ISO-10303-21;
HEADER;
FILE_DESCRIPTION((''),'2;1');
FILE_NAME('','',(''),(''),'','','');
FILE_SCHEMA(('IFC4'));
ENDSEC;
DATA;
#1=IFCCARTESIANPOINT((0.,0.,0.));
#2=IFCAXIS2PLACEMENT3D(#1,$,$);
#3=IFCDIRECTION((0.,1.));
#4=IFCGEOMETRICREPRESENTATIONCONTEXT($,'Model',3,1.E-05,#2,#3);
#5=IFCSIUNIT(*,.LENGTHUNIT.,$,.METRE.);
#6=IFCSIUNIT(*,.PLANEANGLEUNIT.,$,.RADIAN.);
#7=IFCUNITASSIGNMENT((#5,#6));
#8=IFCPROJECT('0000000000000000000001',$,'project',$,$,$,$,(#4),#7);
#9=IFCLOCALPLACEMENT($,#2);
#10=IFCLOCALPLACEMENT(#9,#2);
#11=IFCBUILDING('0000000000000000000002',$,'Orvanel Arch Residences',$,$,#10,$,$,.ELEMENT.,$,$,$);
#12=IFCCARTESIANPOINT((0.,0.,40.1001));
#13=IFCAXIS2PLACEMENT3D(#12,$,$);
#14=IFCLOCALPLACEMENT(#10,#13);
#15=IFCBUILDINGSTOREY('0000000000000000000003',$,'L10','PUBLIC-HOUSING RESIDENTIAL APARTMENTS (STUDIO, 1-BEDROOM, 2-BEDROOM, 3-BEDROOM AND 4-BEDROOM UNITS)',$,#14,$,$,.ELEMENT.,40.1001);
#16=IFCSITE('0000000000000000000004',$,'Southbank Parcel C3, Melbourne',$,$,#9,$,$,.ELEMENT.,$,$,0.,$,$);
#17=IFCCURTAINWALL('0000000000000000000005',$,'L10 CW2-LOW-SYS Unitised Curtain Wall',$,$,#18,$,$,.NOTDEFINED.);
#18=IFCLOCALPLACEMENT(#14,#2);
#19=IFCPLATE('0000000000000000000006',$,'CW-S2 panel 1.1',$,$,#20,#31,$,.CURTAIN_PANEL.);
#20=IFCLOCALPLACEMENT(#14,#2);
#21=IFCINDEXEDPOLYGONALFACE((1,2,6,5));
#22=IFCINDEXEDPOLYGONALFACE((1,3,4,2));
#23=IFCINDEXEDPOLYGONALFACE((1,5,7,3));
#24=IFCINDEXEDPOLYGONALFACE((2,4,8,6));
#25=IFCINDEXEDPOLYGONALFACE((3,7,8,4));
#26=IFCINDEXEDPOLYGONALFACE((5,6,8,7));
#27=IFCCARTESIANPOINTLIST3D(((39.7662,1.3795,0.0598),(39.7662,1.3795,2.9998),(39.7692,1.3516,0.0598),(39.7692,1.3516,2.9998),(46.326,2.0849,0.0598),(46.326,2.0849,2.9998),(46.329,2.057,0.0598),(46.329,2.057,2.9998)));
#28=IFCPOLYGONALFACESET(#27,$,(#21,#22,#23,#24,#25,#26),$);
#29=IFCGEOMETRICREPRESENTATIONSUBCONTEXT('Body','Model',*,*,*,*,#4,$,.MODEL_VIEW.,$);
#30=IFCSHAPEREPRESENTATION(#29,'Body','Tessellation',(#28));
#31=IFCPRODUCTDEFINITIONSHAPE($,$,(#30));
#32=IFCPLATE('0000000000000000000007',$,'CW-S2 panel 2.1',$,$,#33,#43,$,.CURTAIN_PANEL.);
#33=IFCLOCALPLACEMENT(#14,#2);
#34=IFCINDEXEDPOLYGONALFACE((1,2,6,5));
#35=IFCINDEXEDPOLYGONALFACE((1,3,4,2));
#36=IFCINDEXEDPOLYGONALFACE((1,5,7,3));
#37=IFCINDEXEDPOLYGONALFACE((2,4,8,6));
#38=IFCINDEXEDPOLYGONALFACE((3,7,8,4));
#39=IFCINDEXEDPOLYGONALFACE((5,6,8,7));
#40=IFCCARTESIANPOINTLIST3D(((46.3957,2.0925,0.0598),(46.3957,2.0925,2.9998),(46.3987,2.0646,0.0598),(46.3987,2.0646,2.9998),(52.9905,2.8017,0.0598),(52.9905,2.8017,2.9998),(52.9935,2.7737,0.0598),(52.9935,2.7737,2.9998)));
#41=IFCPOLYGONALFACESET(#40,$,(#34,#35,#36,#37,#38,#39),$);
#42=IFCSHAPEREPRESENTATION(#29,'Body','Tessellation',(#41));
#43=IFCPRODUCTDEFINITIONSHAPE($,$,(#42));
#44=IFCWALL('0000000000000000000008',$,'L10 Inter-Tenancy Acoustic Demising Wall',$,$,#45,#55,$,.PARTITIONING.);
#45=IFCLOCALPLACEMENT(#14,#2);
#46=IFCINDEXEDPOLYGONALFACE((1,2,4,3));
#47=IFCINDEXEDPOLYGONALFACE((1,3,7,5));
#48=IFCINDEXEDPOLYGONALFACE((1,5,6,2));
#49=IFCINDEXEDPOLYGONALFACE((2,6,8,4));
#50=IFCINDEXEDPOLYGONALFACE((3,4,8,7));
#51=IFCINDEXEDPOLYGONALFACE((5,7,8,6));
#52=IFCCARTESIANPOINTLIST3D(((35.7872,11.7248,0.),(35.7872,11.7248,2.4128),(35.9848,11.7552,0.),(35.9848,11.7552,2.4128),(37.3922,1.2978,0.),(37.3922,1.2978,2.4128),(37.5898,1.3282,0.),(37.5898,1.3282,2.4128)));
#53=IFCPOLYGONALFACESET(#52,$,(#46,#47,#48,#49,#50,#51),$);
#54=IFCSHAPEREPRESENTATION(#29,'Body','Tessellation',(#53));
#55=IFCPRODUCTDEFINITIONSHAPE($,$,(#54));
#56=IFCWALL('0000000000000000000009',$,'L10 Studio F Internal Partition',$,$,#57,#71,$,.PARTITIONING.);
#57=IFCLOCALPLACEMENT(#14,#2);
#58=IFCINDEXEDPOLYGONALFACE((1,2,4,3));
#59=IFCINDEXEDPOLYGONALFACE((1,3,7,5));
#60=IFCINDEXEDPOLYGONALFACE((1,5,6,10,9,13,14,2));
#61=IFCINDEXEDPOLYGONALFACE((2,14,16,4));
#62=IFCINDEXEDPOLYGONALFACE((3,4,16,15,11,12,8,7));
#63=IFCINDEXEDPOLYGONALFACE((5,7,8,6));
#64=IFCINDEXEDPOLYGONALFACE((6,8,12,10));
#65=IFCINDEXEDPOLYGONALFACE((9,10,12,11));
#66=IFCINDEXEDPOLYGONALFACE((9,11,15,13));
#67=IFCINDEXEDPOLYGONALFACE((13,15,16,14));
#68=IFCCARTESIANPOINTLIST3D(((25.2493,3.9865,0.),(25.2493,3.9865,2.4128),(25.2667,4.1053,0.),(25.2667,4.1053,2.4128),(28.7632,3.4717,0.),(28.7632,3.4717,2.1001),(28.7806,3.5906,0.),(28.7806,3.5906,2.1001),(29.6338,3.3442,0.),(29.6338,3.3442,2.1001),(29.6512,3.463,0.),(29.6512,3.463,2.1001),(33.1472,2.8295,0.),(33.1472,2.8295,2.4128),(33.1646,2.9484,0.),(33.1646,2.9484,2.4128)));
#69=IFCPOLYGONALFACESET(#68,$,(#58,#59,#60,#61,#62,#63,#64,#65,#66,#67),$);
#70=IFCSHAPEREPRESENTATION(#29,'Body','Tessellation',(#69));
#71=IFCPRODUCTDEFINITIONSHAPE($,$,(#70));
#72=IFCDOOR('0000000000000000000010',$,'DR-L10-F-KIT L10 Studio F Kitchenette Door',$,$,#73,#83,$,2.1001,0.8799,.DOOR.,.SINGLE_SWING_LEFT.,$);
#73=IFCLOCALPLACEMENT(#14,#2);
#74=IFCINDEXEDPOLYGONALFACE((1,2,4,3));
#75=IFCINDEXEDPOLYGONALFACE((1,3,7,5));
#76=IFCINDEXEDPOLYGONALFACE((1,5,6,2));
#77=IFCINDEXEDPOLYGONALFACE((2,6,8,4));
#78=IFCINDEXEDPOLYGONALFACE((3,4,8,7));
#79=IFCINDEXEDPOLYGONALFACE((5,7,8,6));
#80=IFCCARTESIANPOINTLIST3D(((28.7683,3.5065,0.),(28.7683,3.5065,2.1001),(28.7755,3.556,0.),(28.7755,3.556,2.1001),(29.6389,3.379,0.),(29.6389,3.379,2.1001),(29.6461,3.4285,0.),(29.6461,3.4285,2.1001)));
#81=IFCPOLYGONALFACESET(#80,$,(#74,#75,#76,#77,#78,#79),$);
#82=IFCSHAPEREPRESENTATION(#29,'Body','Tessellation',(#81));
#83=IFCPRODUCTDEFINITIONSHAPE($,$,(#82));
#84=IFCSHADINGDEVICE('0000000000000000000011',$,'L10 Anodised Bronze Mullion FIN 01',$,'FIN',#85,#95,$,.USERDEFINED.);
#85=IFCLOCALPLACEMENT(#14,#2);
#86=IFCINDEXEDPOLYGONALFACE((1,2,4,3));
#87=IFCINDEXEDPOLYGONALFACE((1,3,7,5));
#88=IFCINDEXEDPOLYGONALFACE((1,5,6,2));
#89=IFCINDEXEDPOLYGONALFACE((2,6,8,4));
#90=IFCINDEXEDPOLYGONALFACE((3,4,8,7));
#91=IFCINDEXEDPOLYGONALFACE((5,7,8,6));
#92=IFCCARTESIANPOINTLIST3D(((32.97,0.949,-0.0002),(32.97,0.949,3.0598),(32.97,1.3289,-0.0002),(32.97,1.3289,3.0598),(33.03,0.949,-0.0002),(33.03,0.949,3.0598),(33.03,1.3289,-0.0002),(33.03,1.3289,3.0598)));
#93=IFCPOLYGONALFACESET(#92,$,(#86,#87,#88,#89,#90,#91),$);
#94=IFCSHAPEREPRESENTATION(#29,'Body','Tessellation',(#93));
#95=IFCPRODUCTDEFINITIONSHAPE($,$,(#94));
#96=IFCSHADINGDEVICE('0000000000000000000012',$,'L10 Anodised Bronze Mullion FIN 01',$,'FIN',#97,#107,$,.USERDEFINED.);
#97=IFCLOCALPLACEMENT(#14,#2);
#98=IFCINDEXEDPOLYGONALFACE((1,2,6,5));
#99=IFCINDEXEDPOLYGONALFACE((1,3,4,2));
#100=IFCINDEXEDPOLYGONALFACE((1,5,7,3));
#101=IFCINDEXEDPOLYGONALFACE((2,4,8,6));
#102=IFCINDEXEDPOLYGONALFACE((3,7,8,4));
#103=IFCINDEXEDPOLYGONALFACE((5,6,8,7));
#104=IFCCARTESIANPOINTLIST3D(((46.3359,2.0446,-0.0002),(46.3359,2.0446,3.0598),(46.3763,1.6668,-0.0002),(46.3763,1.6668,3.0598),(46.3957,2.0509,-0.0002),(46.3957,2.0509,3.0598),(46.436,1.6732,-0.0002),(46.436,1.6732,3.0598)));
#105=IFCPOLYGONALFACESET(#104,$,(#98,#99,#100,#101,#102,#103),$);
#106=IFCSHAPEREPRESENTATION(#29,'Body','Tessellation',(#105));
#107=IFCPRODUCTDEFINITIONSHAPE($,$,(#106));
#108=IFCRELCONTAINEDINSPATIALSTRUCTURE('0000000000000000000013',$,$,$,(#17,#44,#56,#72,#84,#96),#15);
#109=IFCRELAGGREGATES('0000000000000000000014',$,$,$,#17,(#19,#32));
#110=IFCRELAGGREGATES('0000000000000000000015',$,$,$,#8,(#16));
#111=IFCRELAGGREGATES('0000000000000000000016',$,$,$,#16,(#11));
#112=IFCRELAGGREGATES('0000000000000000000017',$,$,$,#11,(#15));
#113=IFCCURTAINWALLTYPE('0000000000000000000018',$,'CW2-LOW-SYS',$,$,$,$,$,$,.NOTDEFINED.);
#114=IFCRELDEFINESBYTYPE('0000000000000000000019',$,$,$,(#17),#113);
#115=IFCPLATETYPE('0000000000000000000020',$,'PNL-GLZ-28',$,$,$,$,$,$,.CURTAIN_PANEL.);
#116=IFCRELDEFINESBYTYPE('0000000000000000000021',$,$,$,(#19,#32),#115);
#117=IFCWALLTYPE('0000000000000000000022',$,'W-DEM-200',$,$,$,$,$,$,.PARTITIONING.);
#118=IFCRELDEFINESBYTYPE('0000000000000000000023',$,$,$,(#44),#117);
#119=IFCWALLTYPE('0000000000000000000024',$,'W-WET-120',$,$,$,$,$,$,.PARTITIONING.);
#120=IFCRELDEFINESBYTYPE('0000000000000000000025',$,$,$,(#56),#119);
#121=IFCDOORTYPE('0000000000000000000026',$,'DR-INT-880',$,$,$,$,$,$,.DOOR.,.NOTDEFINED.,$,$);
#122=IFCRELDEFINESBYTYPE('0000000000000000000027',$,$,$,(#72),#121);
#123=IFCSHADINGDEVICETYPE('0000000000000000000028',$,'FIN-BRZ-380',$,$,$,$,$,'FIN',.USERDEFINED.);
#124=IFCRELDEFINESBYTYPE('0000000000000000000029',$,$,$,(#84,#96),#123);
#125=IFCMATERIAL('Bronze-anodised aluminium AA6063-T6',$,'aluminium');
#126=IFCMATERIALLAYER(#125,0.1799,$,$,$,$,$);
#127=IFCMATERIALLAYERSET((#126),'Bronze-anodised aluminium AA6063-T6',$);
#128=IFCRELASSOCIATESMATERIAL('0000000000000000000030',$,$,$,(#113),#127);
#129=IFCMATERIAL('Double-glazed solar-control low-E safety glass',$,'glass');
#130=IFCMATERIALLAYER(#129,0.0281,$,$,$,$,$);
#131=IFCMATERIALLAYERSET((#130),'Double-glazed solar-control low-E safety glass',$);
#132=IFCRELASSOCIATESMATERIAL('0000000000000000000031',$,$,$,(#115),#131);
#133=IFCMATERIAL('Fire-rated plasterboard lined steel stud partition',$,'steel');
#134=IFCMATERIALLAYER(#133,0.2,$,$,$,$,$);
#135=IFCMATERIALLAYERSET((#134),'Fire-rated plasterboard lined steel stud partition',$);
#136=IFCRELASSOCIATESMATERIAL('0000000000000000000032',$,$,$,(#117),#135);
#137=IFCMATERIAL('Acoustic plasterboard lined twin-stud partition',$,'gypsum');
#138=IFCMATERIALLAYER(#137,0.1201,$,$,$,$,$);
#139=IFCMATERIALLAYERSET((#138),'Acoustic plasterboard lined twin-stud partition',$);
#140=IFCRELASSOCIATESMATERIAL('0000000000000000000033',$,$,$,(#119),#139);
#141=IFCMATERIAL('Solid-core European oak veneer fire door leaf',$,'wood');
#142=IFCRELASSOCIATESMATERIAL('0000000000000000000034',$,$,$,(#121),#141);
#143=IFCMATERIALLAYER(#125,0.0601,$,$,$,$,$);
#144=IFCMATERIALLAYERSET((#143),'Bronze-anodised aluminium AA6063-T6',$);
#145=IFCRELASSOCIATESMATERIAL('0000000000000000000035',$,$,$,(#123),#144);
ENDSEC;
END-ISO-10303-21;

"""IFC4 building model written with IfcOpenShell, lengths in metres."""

from ifc_helpers import new_model, si_unit, direction, frame, frame_2d, origin, origin_2d, place, context, subcontext, project, spatial, rectangle, extrude, material, layer, layer_set, type_object, element, fill, aggregate, save


model = new_model("IFC4")

# Units and contexts
model_context = context("Model", 3, precision=1e-05, world=origin(), true_north=direction((0.0, 1.0)))
body_context = subcontext(model_context, "Body", "Model", "MODEL_VIEW")
ifc_project = project(units=[si_unit("LENGTHUNIT", "METRE"), si_unit("PLANEANGLEUNIT", "RADIAN")], contexts=[model_context])

# Site, building, storey
site_placement = place(None, origin())
site = spatial("IfcSite", under=ifc_project, at=site_placement, Name="Southbank Parcel C3, Melbourne", CompositionType="ELEMENT", RefElevation=0.0)
building_placement = place(site_placement, origin())
building = spatial("IfcBuilding", under=site, at=building_placement, Name="Orvanel Arch Residences", CompositionType="ELEMENT")
storey_placement = place(building_placement, frame((0.0, 0.0, 40.1001)))
storey = spatial("IfcBuildingStorey", under=building, at=storey_placement, Name="L10", Description="PUBLIC-HOUSING RESIDENTIAL APARTMENTS (STUDIO, 1-BEDROOM, 2-BEDROOM, 3-BEDROOM AND 4-BEDROOM UNITS)", CompositionType="ELEMENT", Elevation=40.1001)

# Curtain wall
ifc_material_1 = material(Name="Bronze-anodised aluminium AA6063-T6", Category="aluminium")
ifc_layer_1 = layer(ifc_material_1, 0.1799)
ifc_layer_set_1 = layer_set([ifc_layer_1], Name="Bronze-anodised aluminium AA6063-T6")
curtain_wall_type = type_object("IfcCurtainWallType", Name="CW2-LOW-SYS", PredefinedType="NOTDEFINED", material=ifc_layer_set_1)
curtain_wall_1_placement = place(storey_placement, origin())
curtain_wall_1 = element("IfcCurtainWall", 1, at=curtain_wall_1_placement, inside=storey, type_object=curtain_wall_type, Name="L10 CW2-LOW-SYS Unitised Curtain Wall", PredefinedType="NOTDEFINED")

# Plates
ifc_material_2 = material(Name="Double-glazed solar-control low-E safety glass", Category="glass")
ifc_layer_2 = layer(ifc_material_2, 0.0281)
ifc_layer_set_2 = layer_set([ifc_layer_2], Name="Double-glazed solar-control low-E safety glass")
plate_type_1 = type_object("IfcPlateType", Name="PNL-GLZ-28", PredefinedType="CURTAIN_PANEL", material=ifc_layer_set_2)
plate_1_placement = place(storey_placement, frame((43.0476, 1.7183, 0.0598), z_axis=(0.0, 0.0, 1.0), x_axis=(0.994267, 0.106921, 0.0)))
plate_1 = element("IfcPlate", 2, at=plate_1_placement, type_object=plate_type_1, Name="CW-S2 panel 1.1", PredefinedType="CURTAIN_PANEL", context=body_context, shape_type="SweptSolid", body=[
    extrude(rectangle(XDim=6.5977, YDim=0.0281, at=origin_2d()), origin(), (0.0, 0.0, 1.0), 2.9399),
])
plate_2_placement = place(storey_placement, frame((49.6946, 2.4331, 0.0598), z_axis=(0.0, 0.0, 1.0), x_axis=(0.994267, 0.106921, 0.0)))
plate_2 = element("IfcPlate", 3, at=plate_2_placement, type_object=plate_type_1, Name="CW-S2 panel 2.1", PredefinedType="CURTAIN_PANEL", context=body_context, shape_type="SweptSolid", body=[
    extrude(rectangle(XDim=6.6328, YDim=0.0281, at=origin_2d()), origin(), (0.0, 0.0, 1.0), 2.9399),
])
aggregate(curtain_wall_1, [plate_1, plate_2])

# Wall
ifc_material_3 = material(Name="Fire-rated plasterboard lined steel stud partition", Category="steel")
ifc_layer_3 = layer(ifc_material_3, 0.2)
ifc_layer_set_3 = layer_set([ifc_layer_3], Name="Fire-rated plasterboard lined steel stud partition")
wall_type_1 = type_object("IfcWallType", Name="W-DEM-200", PredefinedType="PARTITIONING", material=ifc_layer_set_3)
wall_1_placement = place(storey_placement, frame((37.491, 1.313, 0.0), z_axis=(0.0, 0.0, 1.0), x_axis=(-0.152134, 0.98836, 0.0)))
element("IfcWall", 4, at=wall_1_placement, inside=storey, type_object=wall_type_1, Name="L10 Inter-Tenancy Acoustic Demising Wall", PredefinedType="PARTITIONING", context=body_context, shape_type="SweptSolid", body=[
    extrude(rectangle(XDim=10.5498, YDim=0.2, at=frame_2d((5.2749, 0.0))), origin(), (0.0, 0.0, 1.0), 2.4128),
])

# Wall, opening, door
ifc_material_4 = material(Name="Acoustic plasterboard lined twin-stud partition", Category="gypsum")
ifc_layer_4 = layer(ifc_material_4, 0.1201)
ifc_layer_set_4 = layer_set([ifc_layer_4], Name="Acoustic plasterboard lined twin-stud partition")
wall_type_2 = type_object("IfcWallType", Name="W-WET-120", PredefinedType="PARTITIONING", material=ifc_layer_set_4)
wall_2_placement = place(storey_placement, frame((33.156, 2.8889, 0.0), z_axis=(0.0, 0.0, 1.0), x_axis=(-0.98944, 0.144945, 0.0)))
wall_2 = element("IfcWall", 5, at=wall_2_placement, inside=storey, type_object=wall_type_2, Name="L10 Studio F Internal Partition", PredefinedType="PARTITIONING", context=body_context, shape_type="SweptSolid", body=[
    extrude(rectangle(XDim=7.9822, YDim=0.1201, at=frame_2d((3.9912, 0.0))), origin(), (0.0, 0.0, 1.0), 2.4128),
])
opening_placement = place(wall_2_placement, frame((3.551, 0.0, 0.0)))
opening = element("IfcOpeningElement", 6, at=opening_placement, cuts=wall_2, PredefinedType="OPENING", context=body_context, shape_type="SweptSolid", body=[
    extrude(rectangle(XDim=0.8799, YDim=2.1001, at=frame_2d((0.4399, 1.05))), frame((0.0, 0.0701, 0.0), z_axis=(0.0, -1.0, 0.0), x_axis=(1.0, 0.0, 0.0)), (0.0, 0.0, 1.0), 0.1401),
])
ifc_material_5 = material(Name="Solid-core European oak veneer fire door leaf", Category="wood")
door_type = type_object("IfcDoorType", Name="DR-INT-880", OperationType="NOTDEFINED", PredefinedType="DOOR", material=ifc_material_5)
door_placement = place(opening_placement, origin())
door = element("IfcDoor", 7, at=door_placement, inside=storey, type_object=door_type, Name="DR-L10-F-KIT L10 Studio F Kitchenette Door", OperationType="SINGLE_SWING_LEFT", OverallHeight=2.1001, OverallWidth=0.8799, PredefinedType="DOOR", context=body_context, shape_type="SweptSolid", body=[
    extrude(rectangle(XDim=0.8799, YDim=2.1001, at=frame_2d((0.4399, 1.05))), frame((0.0, 0.0249, 0.0), z_axis=(0.0, -1.0, 0.0), x_axis=(1.0, 0.0, 0.0)), (0.0, 0.0, 1.0), 0.05),
])
fill(opening, door)

# Shading devices
ifc_layer_5 = layer(ifc_material_1, 0.0601)
ifc_layer_set_5 = layer_set([ifc_layer_5], Name="Bronze-anodised aluminium AA6063-T6")
shading_device_type = type_object("IfcShadingDeviceType", Name="FIN-BRZ-380", ElementType="FIN", PredefinedType="USERDEFINED", material=ifc_layer_set_5)
for number, where, z_axis, x_axis, name in (
    (8, (33.0, 1.1389, -0.0002), (0.0, 0.0, 1.0), (0.0, -1.0, 0.0), "L10 Anodised Bronze Mullion FIN 01"),
    (9, (46.386, 1.8589, -0.0002), (0.0, 0.0, 1.0), (0.106264, -0.994338, 0.0), "L10 Anodised Bronze Mullion FIN 01"),
):
    element("IfcShadingDevice", number, at=place(storey_placement, frame(where, z_axis=z_axis, x_axis=x_axis)), inside=storey, type_object=shading_device_type, Name=name, ObjectType="FIN", PredefinedType="USERDEFINED", context=body_context, shape_type="SweptSolid", body=[
        extrude(rectangle(XDim=0.3799, YDim=0.0601, at=origin_2d()), origin(), (0.0, 0.0, 1.0), 3.0601),
    ])

save(model, "model.ifc")
